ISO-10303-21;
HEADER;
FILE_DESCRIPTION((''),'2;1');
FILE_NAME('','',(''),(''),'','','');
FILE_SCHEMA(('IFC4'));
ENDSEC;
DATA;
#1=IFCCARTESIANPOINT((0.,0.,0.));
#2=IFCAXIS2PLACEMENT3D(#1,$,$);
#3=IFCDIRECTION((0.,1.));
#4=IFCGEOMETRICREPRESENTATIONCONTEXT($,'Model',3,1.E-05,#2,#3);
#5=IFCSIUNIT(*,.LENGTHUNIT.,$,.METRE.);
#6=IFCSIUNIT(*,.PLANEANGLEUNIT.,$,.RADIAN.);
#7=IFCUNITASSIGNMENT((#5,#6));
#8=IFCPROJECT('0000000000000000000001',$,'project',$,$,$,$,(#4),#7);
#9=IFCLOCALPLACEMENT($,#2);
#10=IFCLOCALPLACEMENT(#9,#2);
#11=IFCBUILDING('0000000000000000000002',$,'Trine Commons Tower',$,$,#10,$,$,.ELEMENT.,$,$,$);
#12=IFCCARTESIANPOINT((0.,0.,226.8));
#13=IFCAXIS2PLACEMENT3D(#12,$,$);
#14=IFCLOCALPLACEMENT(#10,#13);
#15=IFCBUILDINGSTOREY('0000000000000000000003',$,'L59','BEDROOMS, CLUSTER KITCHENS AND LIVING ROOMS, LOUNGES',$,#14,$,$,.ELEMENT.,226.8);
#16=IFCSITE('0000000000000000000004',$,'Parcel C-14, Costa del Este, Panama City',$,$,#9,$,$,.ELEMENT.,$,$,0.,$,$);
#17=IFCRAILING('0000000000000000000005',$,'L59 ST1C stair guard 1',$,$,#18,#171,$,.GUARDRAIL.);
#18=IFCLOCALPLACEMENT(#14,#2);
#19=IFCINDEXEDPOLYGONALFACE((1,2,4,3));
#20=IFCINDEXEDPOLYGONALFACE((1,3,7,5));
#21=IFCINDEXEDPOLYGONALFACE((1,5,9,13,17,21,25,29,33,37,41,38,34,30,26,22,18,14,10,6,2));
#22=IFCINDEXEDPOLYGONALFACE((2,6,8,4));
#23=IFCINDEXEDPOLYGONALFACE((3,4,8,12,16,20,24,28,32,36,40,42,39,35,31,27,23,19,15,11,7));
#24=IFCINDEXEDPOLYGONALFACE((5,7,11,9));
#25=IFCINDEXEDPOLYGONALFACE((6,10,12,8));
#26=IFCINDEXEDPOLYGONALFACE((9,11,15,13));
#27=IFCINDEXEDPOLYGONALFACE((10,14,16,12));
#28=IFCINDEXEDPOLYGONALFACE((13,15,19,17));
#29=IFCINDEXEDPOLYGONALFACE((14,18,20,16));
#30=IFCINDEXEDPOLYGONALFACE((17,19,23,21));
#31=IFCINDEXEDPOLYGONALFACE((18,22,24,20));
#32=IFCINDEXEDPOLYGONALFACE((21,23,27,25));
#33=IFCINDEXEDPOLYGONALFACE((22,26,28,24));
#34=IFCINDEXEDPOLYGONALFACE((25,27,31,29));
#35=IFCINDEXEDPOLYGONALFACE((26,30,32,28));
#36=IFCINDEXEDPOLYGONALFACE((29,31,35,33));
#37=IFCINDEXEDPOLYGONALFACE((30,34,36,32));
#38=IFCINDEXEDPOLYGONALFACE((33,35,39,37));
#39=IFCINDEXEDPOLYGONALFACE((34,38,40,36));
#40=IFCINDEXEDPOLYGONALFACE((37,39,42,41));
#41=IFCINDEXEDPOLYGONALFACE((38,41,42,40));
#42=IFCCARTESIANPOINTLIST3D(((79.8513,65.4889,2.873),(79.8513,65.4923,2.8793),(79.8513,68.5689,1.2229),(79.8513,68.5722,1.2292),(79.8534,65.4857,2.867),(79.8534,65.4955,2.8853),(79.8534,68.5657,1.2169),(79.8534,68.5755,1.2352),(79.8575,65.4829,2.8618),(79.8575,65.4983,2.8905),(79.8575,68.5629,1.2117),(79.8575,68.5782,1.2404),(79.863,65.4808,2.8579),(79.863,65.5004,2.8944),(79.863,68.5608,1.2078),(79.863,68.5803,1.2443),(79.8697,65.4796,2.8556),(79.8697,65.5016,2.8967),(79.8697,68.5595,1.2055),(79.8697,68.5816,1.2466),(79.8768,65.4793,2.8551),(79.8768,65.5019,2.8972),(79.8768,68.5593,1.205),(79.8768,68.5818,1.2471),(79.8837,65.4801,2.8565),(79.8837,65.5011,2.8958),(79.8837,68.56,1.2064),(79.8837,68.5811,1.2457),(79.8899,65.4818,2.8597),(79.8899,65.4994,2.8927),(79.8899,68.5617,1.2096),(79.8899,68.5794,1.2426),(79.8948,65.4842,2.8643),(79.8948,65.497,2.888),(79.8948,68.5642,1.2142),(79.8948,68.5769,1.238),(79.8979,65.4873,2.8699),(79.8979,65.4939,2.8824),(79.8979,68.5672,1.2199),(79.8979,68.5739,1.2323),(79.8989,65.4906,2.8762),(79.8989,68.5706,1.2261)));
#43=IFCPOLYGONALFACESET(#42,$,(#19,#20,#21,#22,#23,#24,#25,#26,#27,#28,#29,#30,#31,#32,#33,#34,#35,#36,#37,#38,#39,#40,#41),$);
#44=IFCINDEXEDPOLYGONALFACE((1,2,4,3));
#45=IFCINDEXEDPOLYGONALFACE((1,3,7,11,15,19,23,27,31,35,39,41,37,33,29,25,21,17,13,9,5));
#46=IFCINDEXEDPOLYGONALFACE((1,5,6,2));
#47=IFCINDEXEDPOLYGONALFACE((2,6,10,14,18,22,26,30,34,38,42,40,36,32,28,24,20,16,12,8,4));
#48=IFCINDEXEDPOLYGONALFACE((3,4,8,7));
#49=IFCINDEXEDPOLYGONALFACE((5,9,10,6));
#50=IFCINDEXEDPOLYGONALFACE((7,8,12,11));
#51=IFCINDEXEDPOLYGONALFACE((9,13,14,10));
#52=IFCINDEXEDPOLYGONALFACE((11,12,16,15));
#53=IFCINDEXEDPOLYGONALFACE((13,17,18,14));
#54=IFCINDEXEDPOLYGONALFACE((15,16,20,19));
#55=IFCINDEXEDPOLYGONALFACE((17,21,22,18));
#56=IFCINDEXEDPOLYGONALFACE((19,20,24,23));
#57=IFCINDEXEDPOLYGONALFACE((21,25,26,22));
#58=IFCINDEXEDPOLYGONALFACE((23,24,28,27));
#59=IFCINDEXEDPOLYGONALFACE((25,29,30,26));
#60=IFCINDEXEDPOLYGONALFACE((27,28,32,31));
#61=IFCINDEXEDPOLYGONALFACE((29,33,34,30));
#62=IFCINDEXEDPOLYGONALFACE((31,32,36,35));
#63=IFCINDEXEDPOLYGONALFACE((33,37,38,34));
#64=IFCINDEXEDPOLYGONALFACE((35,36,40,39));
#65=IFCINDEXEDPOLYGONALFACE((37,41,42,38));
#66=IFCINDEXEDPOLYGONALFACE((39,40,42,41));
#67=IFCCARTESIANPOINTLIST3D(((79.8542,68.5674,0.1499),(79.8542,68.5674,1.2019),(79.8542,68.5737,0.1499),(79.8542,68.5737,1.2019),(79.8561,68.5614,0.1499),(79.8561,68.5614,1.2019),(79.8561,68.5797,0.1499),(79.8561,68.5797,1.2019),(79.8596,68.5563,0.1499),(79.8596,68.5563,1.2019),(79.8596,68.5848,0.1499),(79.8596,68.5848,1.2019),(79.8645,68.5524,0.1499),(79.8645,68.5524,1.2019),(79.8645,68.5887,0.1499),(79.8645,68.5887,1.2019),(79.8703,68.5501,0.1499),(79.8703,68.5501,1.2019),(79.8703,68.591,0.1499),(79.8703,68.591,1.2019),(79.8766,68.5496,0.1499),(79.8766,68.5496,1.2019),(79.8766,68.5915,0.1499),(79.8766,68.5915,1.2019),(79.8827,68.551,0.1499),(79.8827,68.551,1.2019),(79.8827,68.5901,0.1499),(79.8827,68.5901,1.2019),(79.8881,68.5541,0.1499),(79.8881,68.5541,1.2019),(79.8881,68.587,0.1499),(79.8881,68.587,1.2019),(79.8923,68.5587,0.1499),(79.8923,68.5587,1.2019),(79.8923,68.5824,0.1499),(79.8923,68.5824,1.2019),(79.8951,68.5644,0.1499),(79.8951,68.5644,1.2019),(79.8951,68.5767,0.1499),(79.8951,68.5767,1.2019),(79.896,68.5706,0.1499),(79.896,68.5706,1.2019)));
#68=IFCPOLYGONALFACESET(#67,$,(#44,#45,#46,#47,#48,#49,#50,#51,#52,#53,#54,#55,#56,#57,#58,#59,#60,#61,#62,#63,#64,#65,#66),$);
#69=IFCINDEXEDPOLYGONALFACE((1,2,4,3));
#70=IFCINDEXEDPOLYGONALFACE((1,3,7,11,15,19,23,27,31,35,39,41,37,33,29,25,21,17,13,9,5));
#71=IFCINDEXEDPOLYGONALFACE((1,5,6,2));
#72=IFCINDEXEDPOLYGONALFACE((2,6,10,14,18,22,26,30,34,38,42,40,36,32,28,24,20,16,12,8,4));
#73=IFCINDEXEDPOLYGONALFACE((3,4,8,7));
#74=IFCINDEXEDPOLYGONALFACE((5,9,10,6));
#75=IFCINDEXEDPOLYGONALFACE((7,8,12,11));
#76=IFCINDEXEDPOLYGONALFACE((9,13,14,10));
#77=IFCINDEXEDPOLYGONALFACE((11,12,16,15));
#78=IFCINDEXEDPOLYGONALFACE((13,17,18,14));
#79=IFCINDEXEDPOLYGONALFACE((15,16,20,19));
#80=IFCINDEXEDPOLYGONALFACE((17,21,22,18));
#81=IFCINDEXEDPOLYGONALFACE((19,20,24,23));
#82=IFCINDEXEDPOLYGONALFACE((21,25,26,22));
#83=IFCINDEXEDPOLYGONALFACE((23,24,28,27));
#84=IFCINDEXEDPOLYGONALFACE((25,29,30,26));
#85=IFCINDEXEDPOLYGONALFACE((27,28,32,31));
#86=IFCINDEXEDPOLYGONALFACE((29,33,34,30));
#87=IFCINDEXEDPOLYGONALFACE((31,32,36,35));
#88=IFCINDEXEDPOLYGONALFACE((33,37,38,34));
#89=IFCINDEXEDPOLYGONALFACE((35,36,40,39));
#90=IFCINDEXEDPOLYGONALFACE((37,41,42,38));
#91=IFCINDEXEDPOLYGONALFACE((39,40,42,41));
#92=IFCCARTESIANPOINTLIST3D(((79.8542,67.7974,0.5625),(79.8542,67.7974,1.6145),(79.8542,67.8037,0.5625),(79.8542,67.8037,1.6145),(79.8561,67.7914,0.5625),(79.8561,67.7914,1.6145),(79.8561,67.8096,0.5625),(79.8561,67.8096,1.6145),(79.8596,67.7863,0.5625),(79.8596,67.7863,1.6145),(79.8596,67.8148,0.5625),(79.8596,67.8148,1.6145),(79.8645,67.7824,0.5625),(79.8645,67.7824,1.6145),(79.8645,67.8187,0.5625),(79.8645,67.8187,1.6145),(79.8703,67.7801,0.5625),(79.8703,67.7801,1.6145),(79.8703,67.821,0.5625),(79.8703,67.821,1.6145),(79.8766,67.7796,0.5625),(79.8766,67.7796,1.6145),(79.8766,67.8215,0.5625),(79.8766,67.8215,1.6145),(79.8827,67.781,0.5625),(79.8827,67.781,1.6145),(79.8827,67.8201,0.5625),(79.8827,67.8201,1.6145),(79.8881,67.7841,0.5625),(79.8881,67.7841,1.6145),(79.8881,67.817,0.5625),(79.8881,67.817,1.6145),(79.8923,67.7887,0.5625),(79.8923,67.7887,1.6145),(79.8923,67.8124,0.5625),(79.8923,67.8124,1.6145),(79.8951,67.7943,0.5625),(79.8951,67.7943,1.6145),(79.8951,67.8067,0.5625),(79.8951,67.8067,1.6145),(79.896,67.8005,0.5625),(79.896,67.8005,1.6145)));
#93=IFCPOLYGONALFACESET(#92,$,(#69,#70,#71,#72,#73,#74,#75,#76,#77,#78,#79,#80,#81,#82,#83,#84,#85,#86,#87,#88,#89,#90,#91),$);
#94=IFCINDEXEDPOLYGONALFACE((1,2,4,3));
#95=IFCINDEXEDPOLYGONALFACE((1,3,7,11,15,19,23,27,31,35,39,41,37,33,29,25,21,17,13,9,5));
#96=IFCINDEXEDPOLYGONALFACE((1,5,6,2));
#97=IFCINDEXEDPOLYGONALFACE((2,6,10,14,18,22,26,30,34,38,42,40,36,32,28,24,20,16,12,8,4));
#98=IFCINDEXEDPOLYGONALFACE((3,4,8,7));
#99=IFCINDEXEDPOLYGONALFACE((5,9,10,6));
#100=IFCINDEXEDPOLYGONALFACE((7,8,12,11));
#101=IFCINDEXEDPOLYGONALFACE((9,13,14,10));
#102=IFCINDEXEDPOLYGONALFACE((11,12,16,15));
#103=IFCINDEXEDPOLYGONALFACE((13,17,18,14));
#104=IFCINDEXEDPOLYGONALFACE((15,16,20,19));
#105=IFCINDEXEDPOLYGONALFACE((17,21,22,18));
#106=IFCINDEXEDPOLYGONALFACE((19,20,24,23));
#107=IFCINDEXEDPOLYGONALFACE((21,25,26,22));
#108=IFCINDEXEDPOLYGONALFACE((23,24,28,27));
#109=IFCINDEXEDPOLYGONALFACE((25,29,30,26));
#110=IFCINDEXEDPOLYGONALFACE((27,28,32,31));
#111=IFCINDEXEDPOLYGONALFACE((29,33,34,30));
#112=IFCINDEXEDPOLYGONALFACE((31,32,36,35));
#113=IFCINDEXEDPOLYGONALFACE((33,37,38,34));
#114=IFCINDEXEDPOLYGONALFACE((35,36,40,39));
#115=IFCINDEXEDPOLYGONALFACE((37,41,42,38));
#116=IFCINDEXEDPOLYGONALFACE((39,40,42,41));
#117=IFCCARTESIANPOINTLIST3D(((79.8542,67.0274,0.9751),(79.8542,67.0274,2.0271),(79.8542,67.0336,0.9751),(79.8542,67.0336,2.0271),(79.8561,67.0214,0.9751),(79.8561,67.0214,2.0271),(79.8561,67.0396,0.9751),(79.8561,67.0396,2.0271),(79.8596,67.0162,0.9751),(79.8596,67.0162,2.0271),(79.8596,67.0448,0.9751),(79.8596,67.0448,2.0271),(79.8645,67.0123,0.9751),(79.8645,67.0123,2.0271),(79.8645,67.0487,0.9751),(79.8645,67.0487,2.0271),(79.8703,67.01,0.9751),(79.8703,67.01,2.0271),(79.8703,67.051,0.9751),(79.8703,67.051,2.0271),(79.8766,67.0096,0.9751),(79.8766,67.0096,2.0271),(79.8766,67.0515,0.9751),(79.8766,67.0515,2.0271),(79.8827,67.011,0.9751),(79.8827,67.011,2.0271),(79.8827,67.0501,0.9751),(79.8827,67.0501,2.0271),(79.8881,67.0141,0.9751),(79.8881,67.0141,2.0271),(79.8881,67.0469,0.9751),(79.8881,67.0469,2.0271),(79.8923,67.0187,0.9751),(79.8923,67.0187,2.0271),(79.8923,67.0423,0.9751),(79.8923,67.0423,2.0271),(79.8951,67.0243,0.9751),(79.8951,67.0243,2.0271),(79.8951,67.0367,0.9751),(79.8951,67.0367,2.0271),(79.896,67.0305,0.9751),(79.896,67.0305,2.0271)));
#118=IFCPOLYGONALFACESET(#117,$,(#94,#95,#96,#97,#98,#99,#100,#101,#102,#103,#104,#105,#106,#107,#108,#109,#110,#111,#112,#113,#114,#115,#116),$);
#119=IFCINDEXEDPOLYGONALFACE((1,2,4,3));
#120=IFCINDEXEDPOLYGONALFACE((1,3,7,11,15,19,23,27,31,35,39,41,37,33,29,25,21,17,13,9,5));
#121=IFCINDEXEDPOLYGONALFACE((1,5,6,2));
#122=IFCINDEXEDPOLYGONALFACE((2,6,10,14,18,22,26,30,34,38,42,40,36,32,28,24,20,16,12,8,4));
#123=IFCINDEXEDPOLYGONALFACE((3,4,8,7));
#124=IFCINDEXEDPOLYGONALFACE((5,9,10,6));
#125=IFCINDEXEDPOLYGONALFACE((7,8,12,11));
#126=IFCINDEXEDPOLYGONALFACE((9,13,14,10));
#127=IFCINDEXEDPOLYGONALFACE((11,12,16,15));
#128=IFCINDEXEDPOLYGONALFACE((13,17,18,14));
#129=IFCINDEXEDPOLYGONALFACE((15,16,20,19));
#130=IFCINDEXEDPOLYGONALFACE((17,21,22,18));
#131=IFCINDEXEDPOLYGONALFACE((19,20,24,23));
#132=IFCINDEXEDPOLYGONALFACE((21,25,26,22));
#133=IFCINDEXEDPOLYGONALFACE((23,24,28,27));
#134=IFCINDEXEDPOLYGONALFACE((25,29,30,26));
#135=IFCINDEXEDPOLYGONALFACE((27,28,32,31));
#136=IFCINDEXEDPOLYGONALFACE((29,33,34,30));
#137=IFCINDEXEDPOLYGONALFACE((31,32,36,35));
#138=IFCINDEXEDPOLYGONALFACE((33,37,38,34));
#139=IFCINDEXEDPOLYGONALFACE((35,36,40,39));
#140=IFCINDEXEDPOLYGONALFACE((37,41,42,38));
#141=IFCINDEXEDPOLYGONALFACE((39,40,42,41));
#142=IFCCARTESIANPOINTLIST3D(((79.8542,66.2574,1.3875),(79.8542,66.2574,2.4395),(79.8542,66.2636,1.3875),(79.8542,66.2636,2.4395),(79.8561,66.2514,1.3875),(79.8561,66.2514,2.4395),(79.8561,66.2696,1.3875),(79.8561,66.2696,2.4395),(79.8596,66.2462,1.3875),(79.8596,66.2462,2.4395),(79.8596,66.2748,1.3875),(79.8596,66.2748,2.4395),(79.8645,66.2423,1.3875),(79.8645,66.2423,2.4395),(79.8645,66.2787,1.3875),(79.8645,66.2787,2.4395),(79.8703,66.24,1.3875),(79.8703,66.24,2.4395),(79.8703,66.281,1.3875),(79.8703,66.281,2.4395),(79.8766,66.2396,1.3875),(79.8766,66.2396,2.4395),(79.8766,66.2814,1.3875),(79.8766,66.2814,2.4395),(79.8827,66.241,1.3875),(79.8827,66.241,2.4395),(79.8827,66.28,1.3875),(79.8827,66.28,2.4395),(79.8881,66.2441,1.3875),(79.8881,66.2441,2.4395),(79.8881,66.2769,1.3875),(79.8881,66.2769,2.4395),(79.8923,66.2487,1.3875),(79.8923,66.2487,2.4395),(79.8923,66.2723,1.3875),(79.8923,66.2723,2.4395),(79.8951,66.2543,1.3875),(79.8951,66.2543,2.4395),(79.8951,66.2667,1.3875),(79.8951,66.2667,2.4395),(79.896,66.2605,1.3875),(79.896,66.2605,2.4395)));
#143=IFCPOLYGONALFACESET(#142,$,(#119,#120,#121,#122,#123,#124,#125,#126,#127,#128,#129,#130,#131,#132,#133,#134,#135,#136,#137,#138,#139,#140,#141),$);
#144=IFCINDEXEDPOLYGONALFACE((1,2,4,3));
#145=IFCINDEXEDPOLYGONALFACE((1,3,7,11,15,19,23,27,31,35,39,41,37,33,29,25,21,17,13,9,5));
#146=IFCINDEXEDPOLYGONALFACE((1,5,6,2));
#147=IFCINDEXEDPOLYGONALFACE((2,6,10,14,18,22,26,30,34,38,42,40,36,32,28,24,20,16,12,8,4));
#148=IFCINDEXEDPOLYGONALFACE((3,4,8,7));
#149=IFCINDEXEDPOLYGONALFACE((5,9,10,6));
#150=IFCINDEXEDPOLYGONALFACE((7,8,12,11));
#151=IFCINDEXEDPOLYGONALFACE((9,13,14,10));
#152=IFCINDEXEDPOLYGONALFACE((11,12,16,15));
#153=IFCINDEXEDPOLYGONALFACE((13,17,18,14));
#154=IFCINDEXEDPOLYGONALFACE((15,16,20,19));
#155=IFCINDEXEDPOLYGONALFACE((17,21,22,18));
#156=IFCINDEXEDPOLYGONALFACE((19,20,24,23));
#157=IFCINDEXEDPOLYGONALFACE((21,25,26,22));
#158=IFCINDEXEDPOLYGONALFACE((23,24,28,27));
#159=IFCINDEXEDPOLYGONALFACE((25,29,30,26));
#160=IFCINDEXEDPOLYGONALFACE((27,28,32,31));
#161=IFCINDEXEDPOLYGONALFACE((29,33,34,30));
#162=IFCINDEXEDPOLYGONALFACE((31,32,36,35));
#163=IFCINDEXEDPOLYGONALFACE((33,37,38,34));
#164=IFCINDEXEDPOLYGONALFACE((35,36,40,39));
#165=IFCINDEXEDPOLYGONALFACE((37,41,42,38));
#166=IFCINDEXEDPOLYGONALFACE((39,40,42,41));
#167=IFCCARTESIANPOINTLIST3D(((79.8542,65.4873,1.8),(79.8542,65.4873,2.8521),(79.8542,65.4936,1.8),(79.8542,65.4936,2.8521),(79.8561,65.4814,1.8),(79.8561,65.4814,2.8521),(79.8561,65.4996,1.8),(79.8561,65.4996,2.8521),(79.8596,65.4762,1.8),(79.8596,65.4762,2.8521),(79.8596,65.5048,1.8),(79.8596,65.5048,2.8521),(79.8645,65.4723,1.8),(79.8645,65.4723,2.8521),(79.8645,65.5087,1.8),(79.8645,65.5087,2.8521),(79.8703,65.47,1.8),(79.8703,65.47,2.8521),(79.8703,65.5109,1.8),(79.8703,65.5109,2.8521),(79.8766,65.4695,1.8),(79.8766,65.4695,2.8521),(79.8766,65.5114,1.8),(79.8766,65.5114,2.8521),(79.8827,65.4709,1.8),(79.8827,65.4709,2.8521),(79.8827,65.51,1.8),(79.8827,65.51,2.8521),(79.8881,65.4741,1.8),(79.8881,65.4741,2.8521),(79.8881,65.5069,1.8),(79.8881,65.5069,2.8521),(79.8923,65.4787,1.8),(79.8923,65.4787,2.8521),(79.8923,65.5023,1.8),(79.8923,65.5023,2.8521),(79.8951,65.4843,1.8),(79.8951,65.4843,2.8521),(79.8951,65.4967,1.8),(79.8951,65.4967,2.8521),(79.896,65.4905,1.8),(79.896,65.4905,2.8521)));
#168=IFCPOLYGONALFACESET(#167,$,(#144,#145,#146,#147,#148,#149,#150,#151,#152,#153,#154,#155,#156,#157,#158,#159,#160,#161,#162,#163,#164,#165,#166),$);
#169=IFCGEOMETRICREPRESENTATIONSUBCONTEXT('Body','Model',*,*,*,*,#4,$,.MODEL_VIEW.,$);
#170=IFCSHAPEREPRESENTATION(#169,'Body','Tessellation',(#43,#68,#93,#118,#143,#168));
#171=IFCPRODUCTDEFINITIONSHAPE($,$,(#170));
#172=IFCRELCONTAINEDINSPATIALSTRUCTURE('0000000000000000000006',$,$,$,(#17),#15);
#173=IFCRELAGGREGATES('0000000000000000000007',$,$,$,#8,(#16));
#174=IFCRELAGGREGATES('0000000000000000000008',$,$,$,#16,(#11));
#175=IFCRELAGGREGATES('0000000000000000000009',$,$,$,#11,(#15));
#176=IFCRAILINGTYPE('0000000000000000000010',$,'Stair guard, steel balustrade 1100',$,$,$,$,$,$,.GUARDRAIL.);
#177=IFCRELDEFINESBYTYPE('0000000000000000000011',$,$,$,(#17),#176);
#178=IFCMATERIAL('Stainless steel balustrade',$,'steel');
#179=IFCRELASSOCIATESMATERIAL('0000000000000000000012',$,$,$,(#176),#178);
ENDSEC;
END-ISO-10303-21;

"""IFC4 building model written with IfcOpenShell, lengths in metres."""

from ifc_helpers import new_model, si_unit, direction, frame, origin, origin_2d, place, context, subcontext, project, spatial, circle, extrude, material, type_object, element, save


model = new_model("IFC4")

# Units and contexts
model_context = context("Model", 3, precision=1e-05, world=origin(), true_north=direction((0.0, 1.0)))
body_context = subcontext(model_context, "Body", "Model", "MODEL_VIEW")
ifc_project = project(units=[si_unit("LENGTHUNIT", "METRE"), si_unit("PLANEANGLEUNIT", "RADIAN")], contexts=[model_context])

# Site, building, storey
site_placement = place(None, origin())
site = spatial("IfcSite", under=ifc_project, at=site_placement, Name="Parcel C-14, Costa del Este, Panama City", CompositionType="ELEMENT", RefElevation=0.0)
building_placement = place(site_placement, origin())
building = spatial("IfcBuilding", under=site, at=building_placement, Name="Trine Commons Tower", CompositionType="ELEMENT")
storey_placement = place(building_placement, frame((0.0, 0.0, 226.8)))
storey = spatial("IfcBuildingStorey", under=building, at=storey_placement, Name="L59", Description="BEDROOMS, CLUSTER KITCHENS AND LIVING ROOMS, LOUNGES", CompositionType="ELEMENT", Elevation=226.8)

# Railing
ifc_material_1 = material(Name="Stainless steel balustrade", Category="steel")
railing_type_1 = type_object("IfcRailingType", Name="Stair guard, steel balustrade 1100", PredefinedType="GUARDRAIL", material=ifc_material_1)
railing_1_placement = place(storey_placement, frame((79.875, 68.5706, 0.1499)))
element("IfcRailing", 1, at=railing_1_placement, inside=storey, type_object=railing_type_1, Name="L59 ST1C stair guard 1", PredefinedType="GUARDRAIL", context=body_context, shape_type="SweptSolid", body=[
    extrude(circle(Radius=0.0239, at=origin_2d()), frame((0.0, 0.0, 1.0762), z_axis=(0.0, -0.881468, 0.472245), x_axis=(1.0, 0.0, 0.0)), (0.0, 0.0, 1.0), 3.4941),
    extrude(circle(Radius=0.021, at=origin_2d()), origin(), (0.0, 0.0, 1.0), 1.052),
    extrude(circle(Radius=0.021, at=origin_2d()), frame((0.0, -0.77, 0.4126)), (0.0, 0.0, 1.0), 1.052),
    extrude(circle(Radius=0.021, at=origin_2d()), frame((0.0, -1.54, 0.8252)), (0.0, 0.0, 1.0), 1.052),
    extrude(circle(Radius=0.021, at=origin_2d()), frame((0.0, -2.3101, 1.2375)), (0.0, 0.0, 1.0), 1.052),
    extrude(circle(Radius=0.021, at=origin_2d()), frame((0.0, -3.0801, 1.6501)), (0.0, 0.0, 1.0), 1.052),
])

save(model, "model.ifc")
